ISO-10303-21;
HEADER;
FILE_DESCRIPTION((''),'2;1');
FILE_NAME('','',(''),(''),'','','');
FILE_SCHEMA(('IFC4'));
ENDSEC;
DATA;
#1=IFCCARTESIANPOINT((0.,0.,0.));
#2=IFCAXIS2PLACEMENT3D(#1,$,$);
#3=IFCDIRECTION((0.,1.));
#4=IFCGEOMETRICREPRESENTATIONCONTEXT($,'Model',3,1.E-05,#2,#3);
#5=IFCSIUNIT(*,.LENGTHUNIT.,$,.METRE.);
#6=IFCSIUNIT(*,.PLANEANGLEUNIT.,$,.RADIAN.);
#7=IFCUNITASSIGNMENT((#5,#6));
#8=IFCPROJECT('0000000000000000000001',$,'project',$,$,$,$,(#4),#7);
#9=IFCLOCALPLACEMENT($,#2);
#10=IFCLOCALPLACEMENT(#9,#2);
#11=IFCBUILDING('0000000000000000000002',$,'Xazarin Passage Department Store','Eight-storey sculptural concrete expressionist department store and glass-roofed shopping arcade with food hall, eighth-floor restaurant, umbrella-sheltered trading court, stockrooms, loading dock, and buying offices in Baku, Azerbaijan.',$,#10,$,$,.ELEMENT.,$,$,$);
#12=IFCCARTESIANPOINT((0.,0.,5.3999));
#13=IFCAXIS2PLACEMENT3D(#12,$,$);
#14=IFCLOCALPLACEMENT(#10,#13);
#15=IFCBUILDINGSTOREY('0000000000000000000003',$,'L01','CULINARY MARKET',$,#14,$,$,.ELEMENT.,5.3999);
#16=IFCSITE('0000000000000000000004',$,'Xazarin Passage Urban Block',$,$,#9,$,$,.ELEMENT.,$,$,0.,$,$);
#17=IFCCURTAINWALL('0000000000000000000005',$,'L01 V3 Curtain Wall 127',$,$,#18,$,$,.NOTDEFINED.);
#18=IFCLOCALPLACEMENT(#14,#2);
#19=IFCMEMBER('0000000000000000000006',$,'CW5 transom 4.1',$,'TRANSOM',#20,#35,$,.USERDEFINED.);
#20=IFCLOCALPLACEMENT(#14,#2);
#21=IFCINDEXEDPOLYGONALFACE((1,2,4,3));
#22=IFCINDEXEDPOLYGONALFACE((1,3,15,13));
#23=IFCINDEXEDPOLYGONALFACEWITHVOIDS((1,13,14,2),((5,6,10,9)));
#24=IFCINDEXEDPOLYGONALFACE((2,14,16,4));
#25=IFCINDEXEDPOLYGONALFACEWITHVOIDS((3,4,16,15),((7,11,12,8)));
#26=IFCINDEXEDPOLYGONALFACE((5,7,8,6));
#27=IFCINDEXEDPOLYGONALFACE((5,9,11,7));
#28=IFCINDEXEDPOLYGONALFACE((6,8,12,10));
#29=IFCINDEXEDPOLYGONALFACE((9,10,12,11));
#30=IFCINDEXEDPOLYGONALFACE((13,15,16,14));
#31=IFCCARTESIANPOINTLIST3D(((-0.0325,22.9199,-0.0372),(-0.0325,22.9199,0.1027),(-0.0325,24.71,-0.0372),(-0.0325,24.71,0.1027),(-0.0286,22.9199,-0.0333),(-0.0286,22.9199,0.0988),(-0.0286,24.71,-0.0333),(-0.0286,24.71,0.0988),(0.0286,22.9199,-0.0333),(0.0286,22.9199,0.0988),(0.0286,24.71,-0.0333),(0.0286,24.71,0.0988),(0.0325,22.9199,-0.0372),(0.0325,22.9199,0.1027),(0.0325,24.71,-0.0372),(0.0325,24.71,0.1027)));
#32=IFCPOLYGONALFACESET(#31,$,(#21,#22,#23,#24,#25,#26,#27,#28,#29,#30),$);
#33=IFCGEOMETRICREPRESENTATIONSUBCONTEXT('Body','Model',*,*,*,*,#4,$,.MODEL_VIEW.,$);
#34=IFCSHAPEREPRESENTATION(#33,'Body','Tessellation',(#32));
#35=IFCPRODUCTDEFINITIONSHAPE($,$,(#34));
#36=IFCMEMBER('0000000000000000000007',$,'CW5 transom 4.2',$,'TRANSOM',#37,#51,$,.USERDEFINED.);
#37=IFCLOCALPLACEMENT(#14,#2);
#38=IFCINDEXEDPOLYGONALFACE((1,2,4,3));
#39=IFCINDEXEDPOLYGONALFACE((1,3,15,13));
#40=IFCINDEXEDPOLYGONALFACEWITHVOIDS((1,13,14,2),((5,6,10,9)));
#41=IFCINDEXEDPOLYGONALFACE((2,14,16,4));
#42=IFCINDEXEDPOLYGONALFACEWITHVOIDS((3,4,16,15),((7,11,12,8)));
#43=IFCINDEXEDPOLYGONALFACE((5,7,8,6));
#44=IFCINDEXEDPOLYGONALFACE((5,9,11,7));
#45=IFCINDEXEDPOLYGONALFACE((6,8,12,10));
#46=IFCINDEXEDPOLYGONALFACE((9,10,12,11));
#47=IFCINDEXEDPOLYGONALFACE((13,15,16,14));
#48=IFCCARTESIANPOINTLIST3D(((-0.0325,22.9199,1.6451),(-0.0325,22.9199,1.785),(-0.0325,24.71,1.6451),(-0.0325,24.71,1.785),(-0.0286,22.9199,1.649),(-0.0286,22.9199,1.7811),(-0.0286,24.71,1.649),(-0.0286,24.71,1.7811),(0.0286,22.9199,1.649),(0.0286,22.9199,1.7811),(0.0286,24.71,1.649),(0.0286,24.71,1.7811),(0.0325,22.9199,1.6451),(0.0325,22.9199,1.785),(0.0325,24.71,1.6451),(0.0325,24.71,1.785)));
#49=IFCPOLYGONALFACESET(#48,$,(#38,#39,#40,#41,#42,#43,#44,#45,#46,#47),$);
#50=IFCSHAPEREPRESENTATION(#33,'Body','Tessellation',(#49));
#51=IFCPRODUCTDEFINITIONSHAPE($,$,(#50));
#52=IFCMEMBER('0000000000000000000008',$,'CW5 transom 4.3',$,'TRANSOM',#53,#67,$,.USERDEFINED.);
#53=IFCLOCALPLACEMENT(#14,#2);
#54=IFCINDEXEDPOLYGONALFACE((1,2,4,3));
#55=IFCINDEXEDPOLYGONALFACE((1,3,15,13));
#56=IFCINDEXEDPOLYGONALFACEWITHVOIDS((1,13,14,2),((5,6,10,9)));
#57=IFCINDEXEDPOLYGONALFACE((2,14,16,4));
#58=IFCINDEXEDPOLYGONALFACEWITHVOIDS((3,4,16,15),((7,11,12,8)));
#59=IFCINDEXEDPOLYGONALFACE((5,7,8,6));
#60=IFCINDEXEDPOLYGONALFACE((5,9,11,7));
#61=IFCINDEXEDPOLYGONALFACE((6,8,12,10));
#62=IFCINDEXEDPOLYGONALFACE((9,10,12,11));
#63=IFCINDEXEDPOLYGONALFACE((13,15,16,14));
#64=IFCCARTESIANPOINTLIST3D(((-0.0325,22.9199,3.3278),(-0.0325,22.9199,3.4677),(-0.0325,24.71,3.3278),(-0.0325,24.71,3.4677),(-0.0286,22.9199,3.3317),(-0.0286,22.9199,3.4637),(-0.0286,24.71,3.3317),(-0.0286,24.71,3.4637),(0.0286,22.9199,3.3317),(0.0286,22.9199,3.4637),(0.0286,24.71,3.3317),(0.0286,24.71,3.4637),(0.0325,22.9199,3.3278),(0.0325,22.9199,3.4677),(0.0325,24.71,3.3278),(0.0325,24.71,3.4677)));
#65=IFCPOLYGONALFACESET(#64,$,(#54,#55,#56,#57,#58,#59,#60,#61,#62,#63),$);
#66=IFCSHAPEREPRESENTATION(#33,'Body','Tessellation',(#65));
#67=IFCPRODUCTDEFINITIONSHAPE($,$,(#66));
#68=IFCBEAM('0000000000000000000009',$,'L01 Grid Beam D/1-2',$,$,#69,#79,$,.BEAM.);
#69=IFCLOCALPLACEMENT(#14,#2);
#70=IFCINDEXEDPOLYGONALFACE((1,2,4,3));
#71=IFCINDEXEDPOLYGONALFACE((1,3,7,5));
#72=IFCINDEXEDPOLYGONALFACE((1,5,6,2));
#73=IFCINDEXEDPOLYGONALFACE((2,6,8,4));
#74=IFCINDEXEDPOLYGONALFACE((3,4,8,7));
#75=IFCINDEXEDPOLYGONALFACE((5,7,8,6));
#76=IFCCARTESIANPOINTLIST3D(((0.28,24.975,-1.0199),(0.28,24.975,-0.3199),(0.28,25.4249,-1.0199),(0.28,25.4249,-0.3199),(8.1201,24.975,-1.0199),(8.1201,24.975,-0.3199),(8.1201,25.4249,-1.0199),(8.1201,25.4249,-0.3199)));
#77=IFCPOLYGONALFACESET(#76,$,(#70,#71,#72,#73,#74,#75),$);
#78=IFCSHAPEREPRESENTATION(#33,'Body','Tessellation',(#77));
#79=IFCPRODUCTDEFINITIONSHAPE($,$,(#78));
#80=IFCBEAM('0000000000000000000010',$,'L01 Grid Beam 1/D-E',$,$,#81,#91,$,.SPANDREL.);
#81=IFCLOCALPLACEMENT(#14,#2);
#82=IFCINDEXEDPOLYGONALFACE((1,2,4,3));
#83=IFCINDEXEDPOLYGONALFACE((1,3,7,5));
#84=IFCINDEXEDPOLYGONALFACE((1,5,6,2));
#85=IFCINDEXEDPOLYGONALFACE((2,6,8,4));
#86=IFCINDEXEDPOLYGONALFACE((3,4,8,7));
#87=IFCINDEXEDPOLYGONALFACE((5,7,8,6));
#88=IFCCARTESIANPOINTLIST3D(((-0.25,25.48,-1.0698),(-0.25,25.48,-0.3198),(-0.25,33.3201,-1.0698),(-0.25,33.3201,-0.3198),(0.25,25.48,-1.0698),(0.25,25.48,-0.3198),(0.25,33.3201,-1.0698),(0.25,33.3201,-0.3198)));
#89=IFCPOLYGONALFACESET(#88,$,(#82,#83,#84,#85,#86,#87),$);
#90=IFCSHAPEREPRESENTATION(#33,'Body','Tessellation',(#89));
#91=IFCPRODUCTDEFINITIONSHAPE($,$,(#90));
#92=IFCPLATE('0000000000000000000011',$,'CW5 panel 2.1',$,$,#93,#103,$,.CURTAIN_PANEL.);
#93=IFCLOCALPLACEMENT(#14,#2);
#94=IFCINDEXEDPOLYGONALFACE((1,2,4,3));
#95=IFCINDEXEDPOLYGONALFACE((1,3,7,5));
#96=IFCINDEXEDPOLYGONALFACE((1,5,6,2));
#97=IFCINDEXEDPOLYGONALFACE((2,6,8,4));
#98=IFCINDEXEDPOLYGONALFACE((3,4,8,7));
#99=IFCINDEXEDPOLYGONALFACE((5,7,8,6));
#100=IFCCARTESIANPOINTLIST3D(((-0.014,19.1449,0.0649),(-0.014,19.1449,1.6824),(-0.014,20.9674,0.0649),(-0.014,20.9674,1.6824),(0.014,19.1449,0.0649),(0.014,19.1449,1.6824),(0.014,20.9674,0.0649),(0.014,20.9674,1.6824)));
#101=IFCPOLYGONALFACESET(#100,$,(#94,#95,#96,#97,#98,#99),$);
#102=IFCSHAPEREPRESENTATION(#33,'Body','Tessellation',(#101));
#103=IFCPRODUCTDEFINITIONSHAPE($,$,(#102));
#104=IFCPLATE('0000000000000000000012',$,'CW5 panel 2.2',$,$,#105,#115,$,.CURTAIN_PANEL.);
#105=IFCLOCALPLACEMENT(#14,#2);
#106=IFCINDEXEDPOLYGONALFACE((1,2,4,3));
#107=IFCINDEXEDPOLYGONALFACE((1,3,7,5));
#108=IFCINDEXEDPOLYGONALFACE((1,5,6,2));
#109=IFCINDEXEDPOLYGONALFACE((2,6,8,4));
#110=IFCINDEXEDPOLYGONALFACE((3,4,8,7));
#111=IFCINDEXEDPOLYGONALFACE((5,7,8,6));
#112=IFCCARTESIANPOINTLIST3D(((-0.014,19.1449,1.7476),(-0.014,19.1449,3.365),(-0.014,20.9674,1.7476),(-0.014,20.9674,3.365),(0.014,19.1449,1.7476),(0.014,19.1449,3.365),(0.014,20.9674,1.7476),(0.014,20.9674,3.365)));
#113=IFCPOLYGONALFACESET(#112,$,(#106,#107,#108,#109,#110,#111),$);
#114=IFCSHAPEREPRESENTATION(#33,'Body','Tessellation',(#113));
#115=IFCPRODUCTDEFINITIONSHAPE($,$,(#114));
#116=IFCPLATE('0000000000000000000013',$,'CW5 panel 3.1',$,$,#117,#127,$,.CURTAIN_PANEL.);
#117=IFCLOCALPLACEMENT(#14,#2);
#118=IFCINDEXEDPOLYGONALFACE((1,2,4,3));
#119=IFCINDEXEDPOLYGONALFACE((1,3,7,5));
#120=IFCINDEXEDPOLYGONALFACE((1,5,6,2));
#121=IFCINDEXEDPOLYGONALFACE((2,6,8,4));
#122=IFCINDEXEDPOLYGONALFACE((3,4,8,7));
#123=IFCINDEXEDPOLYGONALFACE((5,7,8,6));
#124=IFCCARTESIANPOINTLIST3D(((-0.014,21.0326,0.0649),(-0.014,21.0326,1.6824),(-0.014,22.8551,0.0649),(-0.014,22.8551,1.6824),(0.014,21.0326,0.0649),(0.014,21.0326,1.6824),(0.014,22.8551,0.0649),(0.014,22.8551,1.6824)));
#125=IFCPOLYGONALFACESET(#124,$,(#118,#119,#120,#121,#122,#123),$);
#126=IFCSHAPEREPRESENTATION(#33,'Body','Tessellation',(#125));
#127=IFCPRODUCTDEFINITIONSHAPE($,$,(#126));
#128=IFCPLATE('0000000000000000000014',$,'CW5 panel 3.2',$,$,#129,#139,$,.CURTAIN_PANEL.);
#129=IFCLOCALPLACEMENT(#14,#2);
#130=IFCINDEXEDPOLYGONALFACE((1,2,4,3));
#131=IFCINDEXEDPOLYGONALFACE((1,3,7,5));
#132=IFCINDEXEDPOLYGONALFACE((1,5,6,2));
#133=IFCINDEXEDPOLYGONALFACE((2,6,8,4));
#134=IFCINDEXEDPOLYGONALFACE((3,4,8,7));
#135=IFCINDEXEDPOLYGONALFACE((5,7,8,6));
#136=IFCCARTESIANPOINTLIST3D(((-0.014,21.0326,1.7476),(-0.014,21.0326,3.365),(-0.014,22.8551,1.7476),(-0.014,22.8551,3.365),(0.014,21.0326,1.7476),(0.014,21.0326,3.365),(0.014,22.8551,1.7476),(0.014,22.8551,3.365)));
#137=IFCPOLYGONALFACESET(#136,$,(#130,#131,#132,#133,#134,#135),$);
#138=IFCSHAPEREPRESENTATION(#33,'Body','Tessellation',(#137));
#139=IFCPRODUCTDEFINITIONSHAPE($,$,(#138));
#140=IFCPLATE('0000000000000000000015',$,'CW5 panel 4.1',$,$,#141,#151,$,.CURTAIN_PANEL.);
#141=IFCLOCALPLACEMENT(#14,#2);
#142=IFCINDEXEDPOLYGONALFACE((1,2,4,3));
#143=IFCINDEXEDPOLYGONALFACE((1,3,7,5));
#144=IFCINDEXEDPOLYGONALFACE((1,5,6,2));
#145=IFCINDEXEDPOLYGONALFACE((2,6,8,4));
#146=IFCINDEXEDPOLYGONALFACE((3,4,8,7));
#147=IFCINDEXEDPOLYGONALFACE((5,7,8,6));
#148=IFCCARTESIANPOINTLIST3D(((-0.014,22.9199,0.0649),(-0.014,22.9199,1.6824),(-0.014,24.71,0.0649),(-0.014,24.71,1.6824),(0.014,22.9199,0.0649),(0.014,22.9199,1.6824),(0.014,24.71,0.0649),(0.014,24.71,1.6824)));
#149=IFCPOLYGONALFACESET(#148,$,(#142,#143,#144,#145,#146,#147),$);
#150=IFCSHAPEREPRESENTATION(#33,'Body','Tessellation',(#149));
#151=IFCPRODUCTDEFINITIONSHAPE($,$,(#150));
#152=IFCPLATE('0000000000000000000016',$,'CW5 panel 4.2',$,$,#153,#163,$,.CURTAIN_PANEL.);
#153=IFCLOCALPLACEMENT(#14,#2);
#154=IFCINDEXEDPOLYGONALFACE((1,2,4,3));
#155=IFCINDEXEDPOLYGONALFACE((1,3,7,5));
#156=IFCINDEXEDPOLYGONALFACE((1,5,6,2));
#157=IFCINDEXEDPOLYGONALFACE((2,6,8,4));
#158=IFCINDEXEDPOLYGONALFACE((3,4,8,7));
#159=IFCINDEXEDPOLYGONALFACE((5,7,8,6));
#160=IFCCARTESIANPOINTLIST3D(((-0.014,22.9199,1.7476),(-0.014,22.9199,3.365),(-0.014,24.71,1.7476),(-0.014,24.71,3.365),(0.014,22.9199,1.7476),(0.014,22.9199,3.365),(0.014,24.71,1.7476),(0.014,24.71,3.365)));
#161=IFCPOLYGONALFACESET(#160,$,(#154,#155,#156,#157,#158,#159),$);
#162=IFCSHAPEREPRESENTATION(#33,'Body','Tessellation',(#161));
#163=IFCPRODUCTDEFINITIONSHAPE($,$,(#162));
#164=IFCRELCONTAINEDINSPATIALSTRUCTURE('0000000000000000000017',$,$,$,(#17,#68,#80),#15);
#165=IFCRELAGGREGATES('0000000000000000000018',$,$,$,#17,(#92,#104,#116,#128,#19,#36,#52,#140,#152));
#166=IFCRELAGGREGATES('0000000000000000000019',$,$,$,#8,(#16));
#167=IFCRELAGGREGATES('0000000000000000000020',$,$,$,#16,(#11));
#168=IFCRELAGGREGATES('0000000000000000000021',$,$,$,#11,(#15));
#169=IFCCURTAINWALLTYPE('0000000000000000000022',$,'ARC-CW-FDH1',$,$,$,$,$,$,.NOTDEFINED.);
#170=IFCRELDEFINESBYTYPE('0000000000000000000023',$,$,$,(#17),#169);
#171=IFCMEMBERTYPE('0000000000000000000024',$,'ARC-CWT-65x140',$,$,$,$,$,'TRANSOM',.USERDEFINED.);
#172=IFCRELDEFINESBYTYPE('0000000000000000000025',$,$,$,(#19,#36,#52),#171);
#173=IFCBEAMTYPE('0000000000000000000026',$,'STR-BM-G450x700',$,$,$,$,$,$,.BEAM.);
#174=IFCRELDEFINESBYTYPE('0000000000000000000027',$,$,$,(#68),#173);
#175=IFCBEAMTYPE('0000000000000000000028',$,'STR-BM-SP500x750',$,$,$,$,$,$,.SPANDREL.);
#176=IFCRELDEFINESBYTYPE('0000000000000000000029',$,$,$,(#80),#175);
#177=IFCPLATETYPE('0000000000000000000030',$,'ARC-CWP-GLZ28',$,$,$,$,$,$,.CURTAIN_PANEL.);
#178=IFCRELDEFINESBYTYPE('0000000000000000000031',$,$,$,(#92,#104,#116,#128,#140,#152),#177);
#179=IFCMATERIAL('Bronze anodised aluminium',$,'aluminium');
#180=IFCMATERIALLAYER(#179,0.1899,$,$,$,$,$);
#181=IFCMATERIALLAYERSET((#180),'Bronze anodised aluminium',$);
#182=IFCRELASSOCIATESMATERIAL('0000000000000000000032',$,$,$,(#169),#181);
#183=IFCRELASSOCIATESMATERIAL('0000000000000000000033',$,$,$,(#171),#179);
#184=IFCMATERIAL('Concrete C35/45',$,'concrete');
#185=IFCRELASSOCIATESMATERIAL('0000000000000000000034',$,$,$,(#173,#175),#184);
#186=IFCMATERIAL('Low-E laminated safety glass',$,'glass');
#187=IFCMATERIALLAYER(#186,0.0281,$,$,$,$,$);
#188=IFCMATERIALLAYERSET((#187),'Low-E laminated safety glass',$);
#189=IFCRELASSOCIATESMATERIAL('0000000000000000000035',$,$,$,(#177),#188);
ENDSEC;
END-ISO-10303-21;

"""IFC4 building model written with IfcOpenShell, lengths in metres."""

from ifc_helpers import new_model, si_unit, direction, frame, origin, origin_2d, place, context, subcontext, project, spatial, rectangle, hollow_rectangle, extrude, material, layer, layer_set, material_profile, profile_set, type_object, element, aggregate, save


model = new_model("IFC4")

# Units and contexts
model_context = context("Model", 3, precision=1e-05, world=origin(), true_north=direction((0.0, 1.0)))
body_context = subcontext(model_context, "Body", "Model", "MODEL_VIEW")
ifc_project = project(units=[si_unit("LENGTHUNIT", "METRE"), si_unit("PLANEANGLEUNIT", "RADIAN")], contexts=[model_context])

# Site, building, storey
site_placement = place(None, origin())
site = spatial("IfcSite", under=ifc_project, at=site_placement, Name="Xazarin Passage Urban Block", CompositionType="ELEMENT", RefElevation=0.0)
building_placement = place(site_placement, origin())
building = spatial("IfcBuilding", under=site, at=building_placement, Name="Xazarin Passage Department Store", Description="Eight-storey sculptural concrete expressionist department store and glass-roofed shopping arcade with food hall, eighth-floor restaurant, umbrella-sheltered trading court, stockrooms, loading dock, and buying offices in Baku, Azerbaijan.", CompositionType="ELEMENT")
storey_placement = place(building_placement, frame((0.0, 0.0, 5.3999)))
storey = spatial("IfcBuildingStorey", under=building, at=storey_placement, Name="L01", Description="CULINARY MARKET", CompositionType="ELEMENT", Elevation=5.3999)

# Curtain wall, members
ifc_material_1 = material(Name="Bronze anodised aluminium", Category="aluminium")
ifc_layer_1 = layer(ifc_material_1, 0.1899)
ifc_layer_set_1 = layer_set([ifc_layer_1], Name="Bronze anodised aluminium")
curtain_wall_type = type_object("IfcCurtainWallType", Name="ARC-CW-FDH1", PredefinedType="NOTDEFINED", material=ifc_layer_set_1)
curtain_wall_placement = place(storey_placement, origin())
curtain_wall = element("IfcCurtainWall", 1, at=curtain_wall_placement, inside=storey, type_object=curtain_wall_type, Name="L01 V3 Curtain Wall 127", PredefinedType="NOTDEFINED")
ifc_material_profile_1 = material_profile(ifc_material_1, hollow_rectangle(XDim=0.0649, YDim=0.1399, WallThickness=0.0039, at=origin_2d()), Name="ALU 65x140")
ifc_profile_set_1 = profile_set([ifc_material_profile_1], Name="Bronze anodised aluminium")
member_type_1 = type_object("IfcMemberType", Name="ARC-CWT-65x140", ElementType="TRANSOM", PredefinedType="USERDEFINED", material=ifc_profile_set_1)
member_1_placement = place(storey_placement, frame((0.0, 22.9199, 0.0327), z_axis=(0.0, 1.0, 0.0), x_axis=(-1.0, 0.0, 0.0)))
member_1 = element("IfcMember", 2, at=member_1_placement, type_object=member_type_1, Name="CW5 transom 4.1", ObjectType="TRANSOM", PredefinedType="USERDEFINED", context=body_context, shape_type="SweptSolid", body=[
    extrude(hollow_rectangle(XDim=0.0649, YDim=0.1399, WallThickness=0.0039, at=origin_2d()), origin(), (0.0, 0.0, 1.0), 1.79),
])
member_2_placement = place(storey_placement, frame((0.0, 22.9199, 1.7151), z_axis=(0.0, 1.0, 0.0), x_axis=(-1.0, 0.0, 0.0)))
member_2 = element("IfcMember", 3, at=member_2_placement, type_object=member_type_1, Name="CW5 transom 4.2", ObjectType="TRANSOM", PredefinedType="USERDEFINED", context=body_context, shape_type="SweptSolid", body=[
    extrude(hollow_rectangle(XDim=0.0649, YDim=0.1399, WallThickness=0.0039, at=origin_2d()), origin(), (0.0, 0.0, 1.0), 1.79),
])
member_3_placement = place(storey_placement, frame((0.0, 22.9199, 3.3977), z_axis=(0.0, 1.0, 0.0), x_axis=(-1.0, 0.0, 0.0)))
member_3 = element("IfcMember", 4, at=member_3_placement, type_object=member_type_1, Name="CW5 transom 4.3", ObjectType="TRANSOM", PredefinedType="USERDEFINED", context=body_context, shape_type="SweptSolid", body=[
    extrude(hollow_rectangle(XDim=0.0649, YDim=0.1399, WallThickness=0.0039, at=origin_2d()), origin(), (0.0, 0.0, 1.0), 1.79),
])

# Beams
ifc_material_2 = material(Name="Concrete C35/45", Category="concrete")
ifc_material_profile_2 = material_profile(ifc_material_2, rectangle(XDim=0.45, YDim=0.7, at=origin_2d()), Name="RC 450x700")
ifc_profile_set_2 = profile_set([ifc_material_profile_2], Name="Concrete C35/45")
beam_type_1 = type_object("IfcBeamType", Name="STR-BM-G450x700", PredefinedType="BEAM", material=ifc_profile_set_2)
beam_1_placement = place(storey_placement, frame((0.28, 25.2, -0.6699), z_axis=(1.0, 0.0, 0.0), x_axis=(0.0, 1.0, 0.0)))
element("IfcBeam", 5, at=beam_1_placement, inside=storey, type_object=beam_type_1, Name="L01 Grid Beam D/1-2", PredefinedType="BEAM", context=body_context, shape_type="SweptSolid", body=[
    extrude(rectangle(XDim=0.45, YDim=0.7, at=origin_2d()), origin(), (0.0, 0.0, 1.0), 7.8401),
])
ifc_material_profile_3 = material_profile(ifc_material_2, rectangle(XDim=0.5, YDim=0.75, at=origin_2d()), Name="RC 500x750")
ifc_profile_set_3 = profile_set([ifc_material_profile_3], Name="Concrete C35/45")
beam_type_2 = type_object("IfcBeamType", Name="STR-BM-SP500x750", PredefinedType="SPANDREL", material=ifc_profile_set_3)
beam_2_placement = place(storey_placement, frame((0.0, 25.48, -0.6948), z_axis=(0.0, 1.0, 0.0), x_axis=(-1.0, 0.0, 0.0)))
element("IfcBeam", 6, at=beam_2_placement, inside=storey, type_object=beam_type_2, Name="L01 Grid Beam 1/D-E", PredefinedType="SPANDREL", context=body_context, shape_type="SweptSolid", body=[
    extrude(rectangle(XDim=0.5, YDim=0.75, at=origin_2d()), origin(), (0.0, 0.0, 1.0), 7.8401),
])

# Plates
ifc_material_3 = material(Name="Low-E laminated safety glass", Category="glass")
ifc_layer_2 = layer(ifc_material_3, 0.0281)
ifc_layer_set_2 = layer_set([ifc_layer_2], Name="Low-E laminated safety glass")
plate_type = type_object("IfcPlateType", Name="ARC-CWP-GLZ28", PredefinedType="CURTAIN_PANEL", material=ifc_layer_set_2)
plate_1_placement = place(storey_placement, frame((0.0, 20.0562, 0.0649), z_axis=(0.0, 0.0, 1.0), x_axis=(0.0, 1.0, 0.0)))
plate_1 = element("IfcPlate", 7, at=plate_1_placement, type_object=plate_type, Name="CW5 panel 2.1", PredefinedType="CURTAIN_PANEL", context=body_context, shape_type="SweptSolid", body=[
    extrude(rectangle(XDim=1.8225, YDim=0.0281, at=origin_2d()), origin(), (0.0, 0.0, 1.0), 1.6174),
])
plate_2_placement = place(storey_placement, frame((0.0, 20.0562, 1.7476), z_axis=(0.0, 0.0, 1.0), x_axis=(0.0, 1.0, 0.0)))
plate_2 = element("IfcPlate", 8, at=plate_2_placement, type_object=plate_type, Name="CW5 panel 2.2", PredefinedType="CURTAIN_PANEL", context=body_context, shape_type="SweptSolid", body=[
    extrude(rectangle(XDim=1.8225, YDim=0.0281, at=origin_2d()), origin(), (0.0, 0.0, 1.0), 1.6174),
])
plate_3_placement = place(storey_placement, frame((0.0, 21.9438, 0.0649), z_axis=(0.0, 0.0, 1.0), x_axis=(0.0, 1.0, 0.0)))
plate_3 = element("IfcPlate", 9, at=plate_3_placement, type_object=plate_type, Name="CW5 panel 3.1", PredefinedType="CURTAIN_PANEL", context=body_context, shape_type="SweptSolid", body=[
    extrude(rectangle(XDim=1.8225, YDim=0.0281, at=origin_2d()), origin(), (0.0, 0.0, 1.0), 1.6174),
])
plate_4_placement = place(storey_placement, frame((0.0, 21.9438, 1.7476), z_axis=(0.0, 0.0, 1.0), x_axis=(0.0, 1.0, 0.0)))
plate_4 = element("IfcPlate", 10, at=plate_4_placement, type_object=plate_type, Name="CW5 panel 3.2", PredefinedType="CURTAIN_PANEL", context=body_context, shape_type="SweptSolid", body=[
    extrude(rectangle(XDim=1.8225, YDim=0.0281, at=origin_2d()), origin(), (0.0, 0.0, 1.0), 1.6174),
])
plate_5_placement = place(storey_placement, frame((0.0, 23.8149, 0.0649), z_axis=(0.0, 0.0, 1.0), x_axis=(0.0, 1.0, 0.0)))
plate_5 = element("IfcPlate", 11, at=plate_5_placement, type_object=plate_type, Name="CW5 panel 4.1", PredefinedType="CURTAIN_PANEL", context=body_context, shape_type="SweptSolid", body=[
    extrude(rectangle(XDim=1.79, YDim=0.0281, at=origin_2d()), origin(), (0.0, 0.0, 1.0), 1.6174),
])
plate_6_placement = place(storey_placement, frame((0.0, 23.8149, 1.7476), z_axis=(0.0, 0.0, 1.0), x_axis=(0.0, 1.0, 0.0)))
plate_6 = element("IfcPlate", 12, at=plate_6_placement, type_object=plate_type, Name="CW5 panel 4.2", PredefinedType="CURTAIN_PANEL", context=body_context, shape_type="SweptSolid", body=[
    extrude(rectangle(XDim=1.79, YDim=0.0281, at=origin_2d()), origin(), (0.0, 0.0, 1.0), 1.6174),
])
aggregate(curtain_wall, [plate_1, plate_2, plate_3, plate_4, member_1, member_2, member_3, plate_5, plate_6])

save(model, "model.ifc")
